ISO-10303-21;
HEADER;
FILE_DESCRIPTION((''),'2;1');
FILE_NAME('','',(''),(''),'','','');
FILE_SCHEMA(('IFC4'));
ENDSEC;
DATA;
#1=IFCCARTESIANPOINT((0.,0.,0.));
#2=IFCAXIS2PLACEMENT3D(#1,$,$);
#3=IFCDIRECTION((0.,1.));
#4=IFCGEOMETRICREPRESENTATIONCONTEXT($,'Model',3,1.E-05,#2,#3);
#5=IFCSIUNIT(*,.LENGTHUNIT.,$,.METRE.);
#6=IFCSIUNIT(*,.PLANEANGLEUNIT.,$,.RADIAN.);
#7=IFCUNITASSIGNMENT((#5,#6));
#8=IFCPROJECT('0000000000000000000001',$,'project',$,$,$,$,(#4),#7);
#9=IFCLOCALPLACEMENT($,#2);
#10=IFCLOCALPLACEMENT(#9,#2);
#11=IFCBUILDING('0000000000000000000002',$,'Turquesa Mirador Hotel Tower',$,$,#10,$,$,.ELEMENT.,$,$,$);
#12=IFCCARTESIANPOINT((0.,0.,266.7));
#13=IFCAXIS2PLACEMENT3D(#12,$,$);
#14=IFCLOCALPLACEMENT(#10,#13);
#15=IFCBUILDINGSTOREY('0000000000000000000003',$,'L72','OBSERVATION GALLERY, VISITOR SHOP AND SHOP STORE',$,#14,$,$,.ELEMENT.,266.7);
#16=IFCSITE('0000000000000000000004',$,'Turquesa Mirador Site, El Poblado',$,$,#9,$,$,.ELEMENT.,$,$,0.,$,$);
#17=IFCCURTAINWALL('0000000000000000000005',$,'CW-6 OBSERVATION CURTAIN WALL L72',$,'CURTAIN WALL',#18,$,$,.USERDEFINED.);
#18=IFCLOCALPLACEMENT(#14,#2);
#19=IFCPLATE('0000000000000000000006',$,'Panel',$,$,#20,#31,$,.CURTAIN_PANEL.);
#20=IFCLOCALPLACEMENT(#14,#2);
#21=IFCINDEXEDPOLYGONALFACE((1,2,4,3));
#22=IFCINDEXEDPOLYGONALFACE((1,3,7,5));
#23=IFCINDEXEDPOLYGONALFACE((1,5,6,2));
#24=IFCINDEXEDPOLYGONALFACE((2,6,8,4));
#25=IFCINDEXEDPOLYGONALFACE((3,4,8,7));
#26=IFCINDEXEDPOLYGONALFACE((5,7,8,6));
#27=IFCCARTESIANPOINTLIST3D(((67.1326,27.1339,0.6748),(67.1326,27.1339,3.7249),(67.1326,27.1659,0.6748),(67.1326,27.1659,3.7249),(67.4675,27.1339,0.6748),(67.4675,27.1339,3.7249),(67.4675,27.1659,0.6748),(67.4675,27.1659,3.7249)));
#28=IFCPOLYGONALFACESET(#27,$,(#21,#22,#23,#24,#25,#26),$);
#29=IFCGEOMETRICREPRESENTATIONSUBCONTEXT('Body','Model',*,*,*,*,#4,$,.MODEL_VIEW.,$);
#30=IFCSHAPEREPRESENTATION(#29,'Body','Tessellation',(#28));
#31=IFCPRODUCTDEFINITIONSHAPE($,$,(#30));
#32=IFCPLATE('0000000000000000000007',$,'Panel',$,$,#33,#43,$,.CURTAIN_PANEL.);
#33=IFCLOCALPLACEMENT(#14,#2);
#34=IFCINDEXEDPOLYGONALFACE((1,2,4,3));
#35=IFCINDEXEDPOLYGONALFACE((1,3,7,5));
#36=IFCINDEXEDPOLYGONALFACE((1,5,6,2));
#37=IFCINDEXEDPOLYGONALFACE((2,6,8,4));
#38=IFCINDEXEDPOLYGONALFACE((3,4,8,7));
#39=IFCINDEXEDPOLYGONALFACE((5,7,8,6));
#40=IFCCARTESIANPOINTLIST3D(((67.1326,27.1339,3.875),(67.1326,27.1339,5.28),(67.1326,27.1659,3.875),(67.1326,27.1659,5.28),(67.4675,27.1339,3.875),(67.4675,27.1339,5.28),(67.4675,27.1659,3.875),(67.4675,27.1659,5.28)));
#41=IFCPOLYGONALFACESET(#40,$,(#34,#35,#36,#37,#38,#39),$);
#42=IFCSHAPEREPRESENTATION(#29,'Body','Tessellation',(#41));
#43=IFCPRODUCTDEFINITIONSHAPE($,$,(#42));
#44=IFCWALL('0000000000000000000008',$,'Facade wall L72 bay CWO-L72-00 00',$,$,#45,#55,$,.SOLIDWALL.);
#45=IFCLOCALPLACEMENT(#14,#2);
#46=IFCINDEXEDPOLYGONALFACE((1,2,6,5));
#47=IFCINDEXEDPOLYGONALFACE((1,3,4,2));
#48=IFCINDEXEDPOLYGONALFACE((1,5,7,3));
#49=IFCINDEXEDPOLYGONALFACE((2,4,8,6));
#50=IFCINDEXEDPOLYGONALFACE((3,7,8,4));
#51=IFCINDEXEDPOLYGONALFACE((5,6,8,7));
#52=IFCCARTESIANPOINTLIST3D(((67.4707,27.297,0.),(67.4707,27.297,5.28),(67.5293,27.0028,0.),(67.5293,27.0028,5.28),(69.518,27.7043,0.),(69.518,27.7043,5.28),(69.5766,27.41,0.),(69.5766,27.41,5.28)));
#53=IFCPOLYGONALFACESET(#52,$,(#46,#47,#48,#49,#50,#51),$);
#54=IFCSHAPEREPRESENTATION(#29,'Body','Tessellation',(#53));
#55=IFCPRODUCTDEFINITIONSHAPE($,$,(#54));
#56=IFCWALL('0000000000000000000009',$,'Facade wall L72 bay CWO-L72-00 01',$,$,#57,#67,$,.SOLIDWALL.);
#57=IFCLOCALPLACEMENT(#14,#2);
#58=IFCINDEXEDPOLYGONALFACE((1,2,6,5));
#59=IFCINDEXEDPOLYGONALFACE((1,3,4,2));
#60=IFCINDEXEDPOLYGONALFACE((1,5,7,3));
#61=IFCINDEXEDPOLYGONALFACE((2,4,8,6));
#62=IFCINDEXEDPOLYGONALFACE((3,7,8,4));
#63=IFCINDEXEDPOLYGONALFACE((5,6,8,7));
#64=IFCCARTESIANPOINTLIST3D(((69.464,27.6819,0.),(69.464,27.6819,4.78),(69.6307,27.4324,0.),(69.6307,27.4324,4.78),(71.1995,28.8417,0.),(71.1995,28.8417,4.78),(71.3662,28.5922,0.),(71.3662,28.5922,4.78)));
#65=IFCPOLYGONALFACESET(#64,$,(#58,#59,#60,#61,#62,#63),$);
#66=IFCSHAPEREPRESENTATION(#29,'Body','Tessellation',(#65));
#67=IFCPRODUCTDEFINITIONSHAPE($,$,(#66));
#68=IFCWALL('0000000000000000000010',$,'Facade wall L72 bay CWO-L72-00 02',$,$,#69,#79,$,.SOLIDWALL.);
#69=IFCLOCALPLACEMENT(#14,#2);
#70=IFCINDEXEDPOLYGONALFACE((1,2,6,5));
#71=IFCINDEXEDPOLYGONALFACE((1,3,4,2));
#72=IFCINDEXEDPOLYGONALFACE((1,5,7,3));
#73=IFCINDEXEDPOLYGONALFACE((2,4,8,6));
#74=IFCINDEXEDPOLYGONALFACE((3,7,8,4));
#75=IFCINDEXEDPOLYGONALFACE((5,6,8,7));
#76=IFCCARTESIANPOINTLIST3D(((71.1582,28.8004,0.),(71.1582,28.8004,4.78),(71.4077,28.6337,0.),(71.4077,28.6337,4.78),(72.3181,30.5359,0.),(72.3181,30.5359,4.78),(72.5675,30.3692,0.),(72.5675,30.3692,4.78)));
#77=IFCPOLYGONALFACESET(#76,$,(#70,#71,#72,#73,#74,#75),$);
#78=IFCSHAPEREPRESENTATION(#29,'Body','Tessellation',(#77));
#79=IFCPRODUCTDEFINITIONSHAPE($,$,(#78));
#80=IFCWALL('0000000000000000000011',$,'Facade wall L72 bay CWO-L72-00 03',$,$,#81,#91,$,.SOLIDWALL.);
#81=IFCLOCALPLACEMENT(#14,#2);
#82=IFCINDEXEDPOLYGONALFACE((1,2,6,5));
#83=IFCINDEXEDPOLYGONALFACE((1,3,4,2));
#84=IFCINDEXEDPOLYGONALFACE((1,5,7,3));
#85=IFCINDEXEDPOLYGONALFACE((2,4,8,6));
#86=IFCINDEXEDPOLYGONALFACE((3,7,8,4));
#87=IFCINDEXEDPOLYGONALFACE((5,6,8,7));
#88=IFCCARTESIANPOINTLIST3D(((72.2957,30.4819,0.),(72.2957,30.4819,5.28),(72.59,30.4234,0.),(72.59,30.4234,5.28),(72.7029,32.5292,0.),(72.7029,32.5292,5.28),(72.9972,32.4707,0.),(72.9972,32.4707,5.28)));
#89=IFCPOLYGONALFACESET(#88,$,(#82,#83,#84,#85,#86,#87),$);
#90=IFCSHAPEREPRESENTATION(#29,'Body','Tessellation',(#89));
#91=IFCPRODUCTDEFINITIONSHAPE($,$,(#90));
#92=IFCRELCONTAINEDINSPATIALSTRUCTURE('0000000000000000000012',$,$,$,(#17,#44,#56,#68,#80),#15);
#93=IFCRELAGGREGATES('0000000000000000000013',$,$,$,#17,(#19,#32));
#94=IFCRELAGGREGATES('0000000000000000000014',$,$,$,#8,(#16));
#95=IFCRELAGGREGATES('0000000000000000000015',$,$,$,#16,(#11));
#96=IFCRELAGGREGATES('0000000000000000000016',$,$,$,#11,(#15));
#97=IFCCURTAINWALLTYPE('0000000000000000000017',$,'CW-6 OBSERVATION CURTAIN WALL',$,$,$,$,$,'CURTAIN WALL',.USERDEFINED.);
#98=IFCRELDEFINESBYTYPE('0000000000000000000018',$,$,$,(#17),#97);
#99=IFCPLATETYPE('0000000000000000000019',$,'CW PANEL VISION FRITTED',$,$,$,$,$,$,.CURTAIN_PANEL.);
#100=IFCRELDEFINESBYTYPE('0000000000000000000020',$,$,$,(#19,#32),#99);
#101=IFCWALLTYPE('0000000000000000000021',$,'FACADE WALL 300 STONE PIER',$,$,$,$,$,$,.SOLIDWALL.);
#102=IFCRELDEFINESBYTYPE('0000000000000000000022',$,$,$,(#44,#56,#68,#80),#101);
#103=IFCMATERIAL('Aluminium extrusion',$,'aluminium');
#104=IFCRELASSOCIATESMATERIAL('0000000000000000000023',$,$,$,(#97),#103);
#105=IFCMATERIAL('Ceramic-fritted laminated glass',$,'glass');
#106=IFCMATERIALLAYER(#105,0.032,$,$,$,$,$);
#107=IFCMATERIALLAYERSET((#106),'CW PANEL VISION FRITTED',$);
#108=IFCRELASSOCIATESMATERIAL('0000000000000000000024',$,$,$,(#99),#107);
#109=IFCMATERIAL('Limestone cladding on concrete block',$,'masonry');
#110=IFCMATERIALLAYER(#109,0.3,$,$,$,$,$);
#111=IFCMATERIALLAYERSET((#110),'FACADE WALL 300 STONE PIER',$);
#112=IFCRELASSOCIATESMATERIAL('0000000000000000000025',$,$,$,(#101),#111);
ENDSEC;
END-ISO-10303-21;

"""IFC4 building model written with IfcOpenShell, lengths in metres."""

from ifc_helpers import new_model, si_unit, direction, frame, frame_2d, origin, origin_2d, place, context, subcontext, project, spatial, rectangle, extrude, material, layer, layer_set, type_object, element, aggregate, save


model = new_model("IFC4")

# Units and contexts
model_context = context("Model", 3, precision=1e-05, world=origin(), true_north=direction((0.0, 1.0)))
body_context = subcontext(model_context, "Body", "Model", "MODEL_VIEW")
ifc_project = project(units=[si_unit("LENGTHUNIT", "METRE"), si_unit("PLANEANGLEUNIT", "RADIAN")], contexts=[model_context])

# Site, building, storey
site_placement = place(None, origin())
site = spatial("IfcSite", under=ifc_project, at=site_placement, Name="Turquesa Mirador Site, El Poblado", CompositionType="ELEMENT", RefElevation=0.0)
building_placement = place(site_placement, origin())
building = spatial("IfcBuilding", under=site, at=building_placement, Name="Turquesa Mirador Hotel Tower", CompositionType="ELEMENT")
storey_placement = place(building_placement, frame((0.0, 0.0, 266.7)))
storey = spatial("IfcBuildingStorey", under=building, at=storey_placement, Name="L72", Description="OBSERVATION GALLERY, VISITOR SHOP AND SHOP STORE", CompositionType="ELEMENT", Elevation=266.7)

# Shared definitions
ifc_material_1 = material(Name="Aluminium extrusion", Category="aluminium")
curtain_wall_type = type_object("IfcCurtainWallType", Name="CW-6 OBSERVATION CURTAIN WALL", ElementType="CURTAIN WALL", PredefinedType="USERDEFINED", material=ifc_material_1)

# Curtain wall
curtain_wall_1_placement = place(storey_placement, origin())
curtain_wall_1 = element("IfcCurtainWall", 1, at=curtain_wall_1_placement, inside=storey, type_object=curtain_wall_type, Name="CW-6 OBSERVATION CURTAIN WALL L72", ObjectType="CURTAIN WALL", PredefinedType="USERDEFINED")

# Plates
ifc_material_2 = material(Name="Ceramic-fritted laminated glass", Category="glass")
ifc_layer_1 = layer(ifc_material_2, 0.032)
ifc_layer_set_1 = layer_set([ifc_layer_1], Name="CW PANEL VISION FRITTED")
plate_type_1 = type_object("IfcPlateType", Name="CW PANEL VISION FRITTED", PredefinedType="CURTAIN_PANEL", material=ifc_layer_set_1)
plate_1_placement = place(storey_placement, frame((67.3, 27.1499, 0.6748), z_axis=(0.0, 0.0, 1.0), x_axis=(1.0, 0.0, 0.0)))
plate_1 = element("IfcPlate", 2, at=plate_1_placement, type_object=plate_type_1, Name="Panel", PredefinedType="CURTAIN_PANEL", context=body_context, shape_type="SweptSolid", body=[
    extrude(rectangle(XDim=0.335, YDim=0.032, at=origin_2d()), origin(), (0.0, 0.0, 1.0), 3.05),
])
plate_2_placement = place(storey_placement, frame((67.3, 27.1499, 3.875), z_axis=(0.0, 0.0, 1.0), x_axis=(1.0, 0.0, 0.0)))
plate_2 = element("IfcPlate", 3, at=plate_2_placement, type_object=plate_type_1, Name="Panel", PredefinedType="CURTAIN_PANEL", context=body_context, shape_type="SweptSolid", body=[
    extrude(rectangle(XDim=0.335, YDim=0.032, at=origin_2d()), origin(), (0.0, 0.0, 1.0), 1.405),
])
aggregate(curtain_wall_1, [plate_1, plate_2])

# Walls
ifc_material_3 = material(Name="Limestone cladding on concrete block", Category="masonry")
ifc_layer_2 = layer(ifc_material_3, 0.3)
ifc_layer_set_2 = layer_set([ifc_layer_2], Name="FACADE WALL 300 STONE PIER")
wall_type = type_object("IfcWallType", Name="FACADE WALL 300 STONE PIER", PredefinedType="SOLIDWALL", material=ifc_layer_set_2)
wall_1_placement = place(storey_placement, frame((67.5, 27.1499, 0.0), z_axis=(0.0, 0.0, 1.0), x_axis=(0.980787, 0.195081, 0.0)))
element("IfcWall", 4, at=wall_1_placement, inside=storey, type_object=wall_type, Name="Facade wall L72 bay CWO-L72-00 00", PredefinedType="SOLIDWALL", context=body_context, shape_type="SweptSolid", body=[
    extrude(rectangle(XDim=2.0874, YDim=0.3, at=frame_2d((1.0437, 0.0))), origin(), (0.0, 0.0, 1.0), 5.28),
])
for number, where, z_axis, x_axis, name in (
    (5, (69.5474, 27.5571, 0.0), (0.0, 0.0, 1.0), (0.83142, 0.555644, 0.0), "Facade wall L72 bay CWO-L72-00 01"),
    (6, (71.283, 28.717, 0.0), (0.0, 0.0, 1.0), (0.555644, 0.83142, 0.0), "Facade wall L72 bay CWO-L72-00 02"),
):
    element("IfcWall", number, at=place(storey_placement, frame(where, z_axis=z_axis, x_axis=x_axis)), inside=storey, type_object=wall_type, Name=name, PredefinedType="SOLIDWALL", context=body_context, shape_type="SweptSolid", body=[
        extrude(rectangle(XDim=2.0874, YDim=0.3, at=frame_2d((1.0437, 0.0))), origin(), (0.0, 0.0, 1.0), 4.78),
    ])
wall_2_placement = place(storey_placement, frame((72.4429, 30.4526, 0.0), z_axis=(0.0, 0.0, 1.0), x_axis=(0.195081, 0.980787, 0.0)))
element("IfcWall", 7, at=wall_2_placement, inside=storey, type_object=wall_type, Name="Facade wall L72 bay CWO-L72-00 03", PredefinedType="SOLIDWALL", context=body_context, shape_type="SweptSolid", body=[
    extrude(rectangle(XDim=2.0874, YDim=0.3, at=frame_2d((1.0437, 0.0))), origin(), (0.0, 0.0, 1.0), 5.28),
])

save(model, "model.ifc")
